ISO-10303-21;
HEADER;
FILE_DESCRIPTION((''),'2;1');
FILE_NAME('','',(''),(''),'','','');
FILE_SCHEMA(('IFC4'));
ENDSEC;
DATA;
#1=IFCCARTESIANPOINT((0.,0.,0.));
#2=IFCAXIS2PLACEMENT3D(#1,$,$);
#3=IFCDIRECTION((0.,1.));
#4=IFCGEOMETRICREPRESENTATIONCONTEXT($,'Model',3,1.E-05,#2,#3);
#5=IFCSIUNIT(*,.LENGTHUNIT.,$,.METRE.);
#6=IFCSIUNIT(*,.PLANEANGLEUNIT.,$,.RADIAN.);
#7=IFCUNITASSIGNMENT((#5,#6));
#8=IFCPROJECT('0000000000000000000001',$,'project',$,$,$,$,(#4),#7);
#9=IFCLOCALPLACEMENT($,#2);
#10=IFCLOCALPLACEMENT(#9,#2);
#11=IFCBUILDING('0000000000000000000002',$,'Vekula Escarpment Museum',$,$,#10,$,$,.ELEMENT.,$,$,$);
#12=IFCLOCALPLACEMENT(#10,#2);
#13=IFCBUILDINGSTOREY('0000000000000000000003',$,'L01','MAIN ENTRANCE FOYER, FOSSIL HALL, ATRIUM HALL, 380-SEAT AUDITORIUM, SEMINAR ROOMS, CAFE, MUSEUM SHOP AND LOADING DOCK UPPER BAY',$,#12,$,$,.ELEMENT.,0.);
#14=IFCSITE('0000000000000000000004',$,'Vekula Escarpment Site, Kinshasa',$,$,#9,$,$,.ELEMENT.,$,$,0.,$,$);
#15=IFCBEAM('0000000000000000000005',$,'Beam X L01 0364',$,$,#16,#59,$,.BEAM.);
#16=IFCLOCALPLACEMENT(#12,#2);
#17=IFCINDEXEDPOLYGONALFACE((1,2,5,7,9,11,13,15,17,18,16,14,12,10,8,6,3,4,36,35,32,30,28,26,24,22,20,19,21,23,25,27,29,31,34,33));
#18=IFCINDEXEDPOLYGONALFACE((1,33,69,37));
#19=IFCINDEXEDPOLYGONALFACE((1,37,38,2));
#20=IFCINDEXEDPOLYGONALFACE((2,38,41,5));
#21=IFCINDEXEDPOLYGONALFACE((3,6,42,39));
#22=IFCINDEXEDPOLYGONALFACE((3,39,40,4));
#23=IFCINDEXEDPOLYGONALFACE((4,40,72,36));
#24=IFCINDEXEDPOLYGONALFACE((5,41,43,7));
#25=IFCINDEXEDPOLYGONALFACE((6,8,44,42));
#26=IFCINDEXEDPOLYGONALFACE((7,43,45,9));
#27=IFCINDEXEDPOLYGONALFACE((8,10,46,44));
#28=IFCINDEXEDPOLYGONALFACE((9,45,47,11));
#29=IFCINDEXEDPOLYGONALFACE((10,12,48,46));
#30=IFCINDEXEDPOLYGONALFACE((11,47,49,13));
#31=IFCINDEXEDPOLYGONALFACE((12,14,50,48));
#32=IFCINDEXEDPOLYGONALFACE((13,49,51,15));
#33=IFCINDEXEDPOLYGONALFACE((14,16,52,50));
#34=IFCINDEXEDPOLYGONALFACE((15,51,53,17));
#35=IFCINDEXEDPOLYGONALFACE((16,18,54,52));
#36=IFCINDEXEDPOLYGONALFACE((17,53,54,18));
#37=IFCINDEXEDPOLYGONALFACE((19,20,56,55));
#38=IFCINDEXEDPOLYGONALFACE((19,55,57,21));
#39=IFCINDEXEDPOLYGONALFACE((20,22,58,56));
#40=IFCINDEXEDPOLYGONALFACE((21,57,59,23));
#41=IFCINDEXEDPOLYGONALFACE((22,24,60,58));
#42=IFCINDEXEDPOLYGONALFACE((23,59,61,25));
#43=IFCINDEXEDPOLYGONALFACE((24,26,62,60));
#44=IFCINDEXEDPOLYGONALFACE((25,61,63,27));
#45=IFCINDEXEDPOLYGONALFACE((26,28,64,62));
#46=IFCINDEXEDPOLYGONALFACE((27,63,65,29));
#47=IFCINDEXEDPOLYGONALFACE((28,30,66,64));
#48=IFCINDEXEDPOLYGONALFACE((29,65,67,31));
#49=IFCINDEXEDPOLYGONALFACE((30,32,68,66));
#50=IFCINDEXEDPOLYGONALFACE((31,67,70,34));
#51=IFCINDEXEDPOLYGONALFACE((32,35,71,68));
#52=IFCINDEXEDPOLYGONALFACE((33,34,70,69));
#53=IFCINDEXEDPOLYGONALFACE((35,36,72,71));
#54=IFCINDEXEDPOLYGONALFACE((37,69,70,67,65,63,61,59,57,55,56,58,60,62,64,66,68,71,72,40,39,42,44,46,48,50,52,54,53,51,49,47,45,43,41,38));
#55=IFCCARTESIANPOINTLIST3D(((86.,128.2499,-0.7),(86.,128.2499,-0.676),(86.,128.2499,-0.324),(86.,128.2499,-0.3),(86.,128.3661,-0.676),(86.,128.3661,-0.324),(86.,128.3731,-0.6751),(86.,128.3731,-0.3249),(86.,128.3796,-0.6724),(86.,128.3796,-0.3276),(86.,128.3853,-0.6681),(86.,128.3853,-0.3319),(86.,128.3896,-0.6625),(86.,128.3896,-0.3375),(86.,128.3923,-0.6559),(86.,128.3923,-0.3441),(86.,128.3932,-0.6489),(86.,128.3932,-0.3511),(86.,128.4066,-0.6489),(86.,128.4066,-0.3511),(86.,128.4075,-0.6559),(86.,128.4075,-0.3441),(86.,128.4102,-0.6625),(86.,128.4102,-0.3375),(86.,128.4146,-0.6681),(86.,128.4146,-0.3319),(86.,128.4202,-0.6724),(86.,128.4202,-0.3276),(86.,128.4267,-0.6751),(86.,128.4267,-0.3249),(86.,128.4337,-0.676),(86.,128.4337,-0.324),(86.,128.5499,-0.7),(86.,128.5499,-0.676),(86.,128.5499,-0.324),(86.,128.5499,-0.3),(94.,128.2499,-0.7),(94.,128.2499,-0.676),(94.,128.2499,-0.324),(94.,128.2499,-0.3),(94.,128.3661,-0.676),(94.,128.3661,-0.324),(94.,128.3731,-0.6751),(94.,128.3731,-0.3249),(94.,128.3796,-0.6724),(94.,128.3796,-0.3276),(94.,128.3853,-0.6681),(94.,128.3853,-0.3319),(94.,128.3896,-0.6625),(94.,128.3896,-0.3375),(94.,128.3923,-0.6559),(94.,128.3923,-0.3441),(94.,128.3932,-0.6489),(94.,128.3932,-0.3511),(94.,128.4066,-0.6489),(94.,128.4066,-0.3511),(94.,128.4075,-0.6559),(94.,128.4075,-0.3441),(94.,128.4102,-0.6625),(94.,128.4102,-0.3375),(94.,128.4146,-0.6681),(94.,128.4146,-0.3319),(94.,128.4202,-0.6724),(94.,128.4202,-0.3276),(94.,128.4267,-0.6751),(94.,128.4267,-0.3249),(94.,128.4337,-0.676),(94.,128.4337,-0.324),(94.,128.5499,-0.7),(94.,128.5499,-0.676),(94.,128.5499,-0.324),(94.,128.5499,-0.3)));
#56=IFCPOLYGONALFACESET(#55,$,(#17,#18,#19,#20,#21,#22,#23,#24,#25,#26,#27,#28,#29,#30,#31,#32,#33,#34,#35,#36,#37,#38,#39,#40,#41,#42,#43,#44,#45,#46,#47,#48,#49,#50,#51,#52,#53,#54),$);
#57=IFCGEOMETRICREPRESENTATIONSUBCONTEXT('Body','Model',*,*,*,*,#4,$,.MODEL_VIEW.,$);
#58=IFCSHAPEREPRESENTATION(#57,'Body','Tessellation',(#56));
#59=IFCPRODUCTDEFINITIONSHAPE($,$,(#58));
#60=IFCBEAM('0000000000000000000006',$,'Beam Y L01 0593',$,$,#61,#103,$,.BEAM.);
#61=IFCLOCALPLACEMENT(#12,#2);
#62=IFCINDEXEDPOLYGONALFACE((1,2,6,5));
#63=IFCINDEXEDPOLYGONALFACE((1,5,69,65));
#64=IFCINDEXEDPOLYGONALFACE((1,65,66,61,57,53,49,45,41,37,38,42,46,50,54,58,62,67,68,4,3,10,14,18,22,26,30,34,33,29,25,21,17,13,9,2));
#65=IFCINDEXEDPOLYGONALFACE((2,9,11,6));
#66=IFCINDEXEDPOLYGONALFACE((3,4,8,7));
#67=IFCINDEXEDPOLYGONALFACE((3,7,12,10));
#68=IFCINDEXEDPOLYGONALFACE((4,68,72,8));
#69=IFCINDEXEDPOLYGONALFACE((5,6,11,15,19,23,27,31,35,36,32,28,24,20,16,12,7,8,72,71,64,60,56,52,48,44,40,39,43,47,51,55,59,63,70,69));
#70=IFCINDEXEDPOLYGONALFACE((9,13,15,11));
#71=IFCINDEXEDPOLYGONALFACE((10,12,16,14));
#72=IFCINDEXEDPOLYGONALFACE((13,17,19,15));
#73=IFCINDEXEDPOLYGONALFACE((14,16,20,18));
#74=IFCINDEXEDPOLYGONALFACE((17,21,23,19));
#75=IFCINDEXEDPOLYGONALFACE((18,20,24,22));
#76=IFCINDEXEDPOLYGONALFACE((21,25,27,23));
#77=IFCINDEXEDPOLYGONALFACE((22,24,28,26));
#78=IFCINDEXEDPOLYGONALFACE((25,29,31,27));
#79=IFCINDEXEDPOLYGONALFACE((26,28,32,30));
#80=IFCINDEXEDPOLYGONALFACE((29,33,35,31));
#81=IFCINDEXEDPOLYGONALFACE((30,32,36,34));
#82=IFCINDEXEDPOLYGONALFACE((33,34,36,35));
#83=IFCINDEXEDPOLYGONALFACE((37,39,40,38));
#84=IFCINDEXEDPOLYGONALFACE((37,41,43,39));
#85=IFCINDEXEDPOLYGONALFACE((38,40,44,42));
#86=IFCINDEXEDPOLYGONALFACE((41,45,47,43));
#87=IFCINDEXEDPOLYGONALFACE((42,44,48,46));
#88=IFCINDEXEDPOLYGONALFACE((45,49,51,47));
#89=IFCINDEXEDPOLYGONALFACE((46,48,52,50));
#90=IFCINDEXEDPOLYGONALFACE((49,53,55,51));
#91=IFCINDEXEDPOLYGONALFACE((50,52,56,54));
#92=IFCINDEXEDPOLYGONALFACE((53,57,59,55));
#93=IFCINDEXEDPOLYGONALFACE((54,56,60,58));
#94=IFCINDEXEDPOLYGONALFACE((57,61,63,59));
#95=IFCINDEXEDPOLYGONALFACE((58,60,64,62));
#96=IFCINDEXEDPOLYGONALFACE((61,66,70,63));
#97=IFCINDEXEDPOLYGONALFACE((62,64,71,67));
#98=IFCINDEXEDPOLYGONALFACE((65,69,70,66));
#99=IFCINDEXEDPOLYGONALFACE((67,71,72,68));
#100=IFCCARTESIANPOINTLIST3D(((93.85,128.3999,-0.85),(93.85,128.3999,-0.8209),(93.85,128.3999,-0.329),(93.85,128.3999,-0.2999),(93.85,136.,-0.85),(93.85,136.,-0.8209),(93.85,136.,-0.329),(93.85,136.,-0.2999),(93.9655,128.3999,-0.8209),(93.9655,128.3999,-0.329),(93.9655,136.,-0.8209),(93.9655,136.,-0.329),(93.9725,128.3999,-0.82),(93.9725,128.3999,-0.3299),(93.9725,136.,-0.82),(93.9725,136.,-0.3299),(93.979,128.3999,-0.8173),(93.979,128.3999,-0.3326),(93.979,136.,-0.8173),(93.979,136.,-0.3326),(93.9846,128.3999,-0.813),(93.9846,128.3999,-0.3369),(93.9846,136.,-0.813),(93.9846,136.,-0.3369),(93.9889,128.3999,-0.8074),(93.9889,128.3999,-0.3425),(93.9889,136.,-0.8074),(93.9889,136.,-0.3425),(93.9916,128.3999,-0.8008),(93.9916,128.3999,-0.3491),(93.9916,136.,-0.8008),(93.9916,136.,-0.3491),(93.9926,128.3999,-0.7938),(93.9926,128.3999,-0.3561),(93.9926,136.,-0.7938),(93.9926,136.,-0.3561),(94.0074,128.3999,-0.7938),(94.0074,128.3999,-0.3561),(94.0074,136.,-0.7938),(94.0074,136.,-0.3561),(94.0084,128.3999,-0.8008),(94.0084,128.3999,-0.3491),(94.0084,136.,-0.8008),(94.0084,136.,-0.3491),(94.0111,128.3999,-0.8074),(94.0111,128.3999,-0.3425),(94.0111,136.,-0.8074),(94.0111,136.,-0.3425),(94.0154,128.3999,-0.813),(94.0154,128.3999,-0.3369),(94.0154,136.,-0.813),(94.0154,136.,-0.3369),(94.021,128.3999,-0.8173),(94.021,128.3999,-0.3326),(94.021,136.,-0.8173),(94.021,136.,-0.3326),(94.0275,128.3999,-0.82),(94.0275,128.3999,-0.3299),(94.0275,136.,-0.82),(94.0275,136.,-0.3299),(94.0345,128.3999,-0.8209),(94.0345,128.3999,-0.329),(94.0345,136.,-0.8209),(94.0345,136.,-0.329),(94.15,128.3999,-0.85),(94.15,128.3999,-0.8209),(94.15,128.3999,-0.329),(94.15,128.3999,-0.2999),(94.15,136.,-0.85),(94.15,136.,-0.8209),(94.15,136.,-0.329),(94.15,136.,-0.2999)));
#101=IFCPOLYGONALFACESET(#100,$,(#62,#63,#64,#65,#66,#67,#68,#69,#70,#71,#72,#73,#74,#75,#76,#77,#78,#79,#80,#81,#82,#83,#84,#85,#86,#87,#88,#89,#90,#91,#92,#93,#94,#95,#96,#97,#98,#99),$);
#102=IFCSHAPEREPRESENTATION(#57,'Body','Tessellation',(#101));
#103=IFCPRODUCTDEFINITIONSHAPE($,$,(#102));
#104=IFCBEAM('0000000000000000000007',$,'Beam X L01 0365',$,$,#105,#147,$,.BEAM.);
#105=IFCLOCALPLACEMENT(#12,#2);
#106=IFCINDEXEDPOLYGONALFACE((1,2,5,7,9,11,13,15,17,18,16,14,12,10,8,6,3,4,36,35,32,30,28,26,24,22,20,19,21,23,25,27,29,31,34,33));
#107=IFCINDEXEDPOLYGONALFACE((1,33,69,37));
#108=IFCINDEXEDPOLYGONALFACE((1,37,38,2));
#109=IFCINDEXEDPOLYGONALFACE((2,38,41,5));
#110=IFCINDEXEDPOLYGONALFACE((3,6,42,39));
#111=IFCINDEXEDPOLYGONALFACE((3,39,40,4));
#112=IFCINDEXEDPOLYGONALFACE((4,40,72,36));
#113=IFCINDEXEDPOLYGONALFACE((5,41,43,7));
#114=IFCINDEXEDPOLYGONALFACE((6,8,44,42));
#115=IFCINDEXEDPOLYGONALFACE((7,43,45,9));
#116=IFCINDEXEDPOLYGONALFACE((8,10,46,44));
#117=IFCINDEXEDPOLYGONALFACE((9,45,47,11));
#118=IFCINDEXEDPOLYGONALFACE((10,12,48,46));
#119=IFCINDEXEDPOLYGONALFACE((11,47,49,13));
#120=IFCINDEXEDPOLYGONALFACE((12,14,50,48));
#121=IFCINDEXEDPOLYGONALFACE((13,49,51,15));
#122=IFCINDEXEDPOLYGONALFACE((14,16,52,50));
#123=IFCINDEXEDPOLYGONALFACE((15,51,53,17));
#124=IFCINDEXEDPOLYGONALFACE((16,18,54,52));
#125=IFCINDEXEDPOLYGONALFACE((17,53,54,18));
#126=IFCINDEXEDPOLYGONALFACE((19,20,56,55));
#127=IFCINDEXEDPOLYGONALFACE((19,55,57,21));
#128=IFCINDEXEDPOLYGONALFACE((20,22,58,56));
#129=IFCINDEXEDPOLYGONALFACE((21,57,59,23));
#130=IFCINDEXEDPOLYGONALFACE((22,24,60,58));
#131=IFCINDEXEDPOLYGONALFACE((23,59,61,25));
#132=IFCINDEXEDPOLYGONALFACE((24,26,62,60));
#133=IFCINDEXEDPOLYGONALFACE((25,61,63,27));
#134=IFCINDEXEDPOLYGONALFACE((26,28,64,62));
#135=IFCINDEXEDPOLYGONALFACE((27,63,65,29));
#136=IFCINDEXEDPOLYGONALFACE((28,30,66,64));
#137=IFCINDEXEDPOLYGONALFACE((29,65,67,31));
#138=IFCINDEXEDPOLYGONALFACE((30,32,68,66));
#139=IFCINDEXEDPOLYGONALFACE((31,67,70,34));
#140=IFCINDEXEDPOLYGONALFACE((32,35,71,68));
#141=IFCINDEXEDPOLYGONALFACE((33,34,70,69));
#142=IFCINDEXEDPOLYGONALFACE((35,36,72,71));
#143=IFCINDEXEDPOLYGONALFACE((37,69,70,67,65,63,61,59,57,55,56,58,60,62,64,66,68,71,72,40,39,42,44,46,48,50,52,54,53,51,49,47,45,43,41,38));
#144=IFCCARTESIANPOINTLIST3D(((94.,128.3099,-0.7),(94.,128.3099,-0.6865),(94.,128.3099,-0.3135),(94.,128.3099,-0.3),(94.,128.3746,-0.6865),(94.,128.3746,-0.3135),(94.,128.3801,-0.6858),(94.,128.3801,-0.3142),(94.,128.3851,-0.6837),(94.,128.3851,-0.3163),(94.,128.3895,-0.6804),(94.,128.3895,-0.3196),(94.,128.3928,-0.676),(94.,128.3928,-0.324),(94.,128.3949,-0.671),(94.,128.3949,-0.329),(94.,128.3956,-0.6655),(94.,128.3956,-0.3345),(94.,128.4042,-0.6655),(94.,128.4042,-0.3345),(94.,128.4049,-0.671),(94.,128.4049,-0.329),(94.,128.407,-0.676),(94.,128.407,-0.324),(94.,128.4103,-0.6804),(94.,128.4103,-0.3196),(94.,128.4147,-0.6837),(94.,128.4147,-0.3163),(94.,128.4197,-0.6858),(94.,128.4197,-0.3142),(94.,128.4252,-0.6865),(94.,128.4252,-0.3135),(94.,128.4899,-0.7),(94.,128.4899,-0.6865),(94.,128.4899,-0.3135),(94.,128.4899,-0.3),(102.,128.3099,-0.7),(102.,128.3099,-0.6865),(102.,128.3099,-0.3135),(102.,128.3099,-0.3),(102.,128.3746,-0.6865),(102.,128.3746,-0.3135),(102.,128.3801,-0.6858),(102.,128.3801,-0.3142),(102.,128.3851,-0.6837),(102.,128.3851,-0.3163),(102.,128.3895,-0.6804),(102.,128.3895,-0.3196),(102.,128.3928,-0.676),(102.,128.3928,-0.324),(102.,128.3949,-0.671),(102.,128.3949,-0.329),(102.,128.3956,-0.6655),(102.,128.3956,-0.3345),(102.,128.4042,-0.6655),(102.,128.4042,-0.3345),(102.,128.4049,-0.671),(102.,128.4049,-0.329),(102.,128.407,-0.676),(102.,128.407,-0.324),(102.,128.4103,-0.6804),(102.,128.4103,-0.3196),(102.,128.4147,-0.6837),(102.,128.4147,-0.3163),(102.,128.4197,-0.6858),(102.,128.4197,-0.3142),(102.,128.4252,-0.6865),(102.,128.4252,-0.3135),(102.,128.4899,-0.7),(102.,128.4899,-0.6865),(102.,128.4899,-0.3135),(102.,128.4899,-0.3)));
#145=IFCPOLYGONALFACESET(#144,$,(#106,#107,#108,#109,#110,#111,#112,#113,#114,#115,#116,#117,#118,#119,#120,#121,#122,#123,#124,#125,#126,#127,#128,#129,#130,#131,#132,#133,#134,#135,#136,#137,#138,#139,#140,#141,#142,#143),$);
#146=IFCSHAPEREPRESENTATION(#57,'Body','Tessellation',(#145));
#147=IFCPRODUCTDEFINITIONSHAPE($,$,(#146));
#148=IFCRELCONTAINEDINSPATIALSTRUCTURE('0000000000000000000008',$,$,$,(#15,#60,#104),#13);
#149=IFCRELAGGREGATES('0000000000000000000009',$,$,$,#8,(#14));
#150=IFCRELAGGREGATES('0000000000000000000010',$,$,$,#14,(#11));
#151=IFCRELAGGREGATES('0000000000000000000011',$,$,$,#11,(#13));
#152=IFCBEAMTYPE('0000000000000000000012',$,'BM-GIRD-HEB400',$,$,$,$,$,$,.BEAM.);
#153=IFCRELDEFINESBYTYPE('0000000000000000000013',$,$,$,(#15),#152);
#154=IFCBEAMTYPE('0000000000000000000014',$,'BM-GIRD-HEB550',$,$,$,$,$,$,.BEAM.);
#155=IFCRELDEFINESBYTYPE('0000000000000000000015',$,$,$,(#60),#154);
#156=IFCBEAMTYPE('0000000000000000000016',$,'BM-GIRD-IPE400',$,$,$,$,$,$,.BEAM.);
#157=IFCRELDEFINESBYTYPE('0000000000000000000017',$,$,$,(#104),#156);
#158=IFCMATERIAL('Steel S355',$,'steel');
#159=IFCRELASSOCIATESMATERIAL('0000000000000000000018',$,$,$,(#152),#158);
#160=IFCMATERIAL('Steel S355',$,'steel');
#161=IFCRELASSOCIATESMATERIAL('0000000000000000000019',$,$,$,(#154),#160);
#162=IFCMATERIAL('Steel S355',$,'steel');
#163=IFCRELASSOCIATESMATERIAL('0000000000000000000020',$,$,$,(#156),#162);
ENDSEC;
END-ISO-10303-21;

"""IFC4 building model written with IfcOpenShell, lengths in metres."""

from ifc_helpers import new_model, si_unit, direction, frame, origin, origin_2d, place, context, subcontext, project, spatial, i_section, extrude, material, material_profile, profile_set, type_object, element, save


model = new_model("IFC4")

# Units and contexts
model_context = context("Model", 3, precision=1e-05, world=origin(), true_north=direction((0.0, 1.0)))
body_context = subcontext(model_context, "Body", "Model", "MODEL_VIEW")
ifc_project = project(units=[si_unit("LENGTHUNIT", "METRE"), si_unit("PLANEANGLEUNIT", "RADIAN")], contexts=[model_context])

# Site, building, storey
site_placement = place(None, origin())
site = spatial("IfcSite", under=ifc_project, at=site_placement, Name="Vekula Escarpment Site, Kinshasa", CompositionType="ELEMENT", RefElevation=0.0)
building_placement = place(site_placement, origin())
building = spatial("IfcBuilding", under=site, at=building_placement, Name="Vekula Escarpment Museum", CompositionType="ELEMENT")
storey_placement = place(building_placement, origin())
storey = spatial("IfcBuildingStorey", under=building, at=storey_placement, Name="L01", Description="MAIN ENTRANCE FOYER, FOSSIL HALL, ATRIUM HALL, 380-SEAT AUDITORIUM, SEMINAR ROOMS, CAFE, MUSEUM SHOP AND LOADING DOCK UPPER BAY", CompositionType="ELEMENT", Elevation=0.0)

# Beams
ifc_material_1 = material(Name="Steel S355", Category="steel")
ifc_material_profile_1 = material_profile(ifc_material_1, i_section(OverallWidth=0.3, OverallDepth=0.3999, WebThickness=0.0134, FlangeThickness=0.0239, FilletRadius=0.0271, at=origin_2d()), Name="HEB 400")
ifc_profile_set_1 = profile_set([ifc_material_profile_1], Name="Steel S355")
beam_type_1 = type_object("IfcBeamType", Name="BM-GIRD-HEB400", PredefinedType="BEAM", material=ifc_profile_set_1)
beam_1_placement = place(storey_placement, frame((86.0, 128.3999, -0.5), z_axis=(1.0, 0.0, 0.0), x_axis=(0.0, 1.0, 0.0)))
element("IfcBeam", 1, at=beam_1_placement, inside=storey, type_object=beam_type_1, Name="Beam X L01 0364", PredefinedType="BEAM", context=body_context, shape_type="SweptSolid", body=[
    extrude(i_section(OverallWidth=0.3, OverallDepth=0.3999, WebThickness=0.0134, FlangeThickness=0.0239, FilletRadius=0.0271, at=origin_2d()), origin(), (0.0, 0.0, 1.0), 8.0),
])
ifc_material_2 = material(Name="Steel S355", Category="steel")
ifc_material_profile_2 = material_profile(ifc_material_2, i_section(OverallWidth=0.3, OverallDepth=0.55, WebThickness=0.0149, FlangeThickness=0.0291, FilletRadius=0.0271, at=origin_2d()), Name="HEB 550")
ifc_profile_set_2 = profile_set([ifc_material_profile_2], Name="Steel S355")
beam_type_2 = type_object("IfcBeamType", Name="BM-GIRD-HEB550", PredefinedType="BEAM", material=ifc_profile_set_2)
beam_2_placement = place(storey_placement, frame((94.0, 128.3999, -0.575), z_axis=(0.0, 1.0, 0.0), x_axis=(-1.0, 0.0, 0.0)))
element("IfcBeam", 2, at=beam_2_placement, inside=storey, type_object=beam_type_2, Name="Beam Y L01 0593", PredefinedType="BEAM", context=body_context, shape_type="SweptSolid", body=[
    extrude(i_section(OverallWidth=0.3, OverallDepth=0.55, WebThickness=0.0149, FlangeThickness=0.0291, FilletRadius=0.0271, at=origin_2d()), origin(), (0.0, 0.0, 1.0), 7.6001),
])
ifc_material_3 = material(Name="Steel S355", Category="steel")
ifc_material_profile_3 = material_profile(ifc_material_3, i_section(OverallWidth=0.1799, OverallDepth=0.3999, WebThickness=0.0085, FlangeThickness=0.0134, FilletRadius=0.021, at=origin_2d()), Name="IPE 400")
ifc_profile_set_3 = profile_set([ifc_material_profile_3], Name="Steel S355")
beam_type_3 = type_object("IfcBeamType", Name="BM-GIRD-IPE400", PredefinedType="BEAM", material=ifc_profile_set_3)
beam_3_placement = place(storey_placement, frame((94.0, 128.3999, -0.5), z_axis=(1.0, 0.0, 0.0), x_axis=(0.0, 1.0, 0.0)))
element("IfcBeam", 3, at=beam_3_placement, inside=storey, type_object=beam_type_3, Name="Beam X L01 0365", PredefinedType="BEAM", context=body_context, shape_type="SweptSolid", body=[
    extrude(i_section(OverallWidth=0.1799, OverallDepth=0.3999, WebThickness=0.0085, FlangeThickness=0.0134, FilletRadius=0.021, at=origin_2d()), origin(), (0.0, 0.0, 1.0), 8.0),
])

save(model, "model.ifc")
